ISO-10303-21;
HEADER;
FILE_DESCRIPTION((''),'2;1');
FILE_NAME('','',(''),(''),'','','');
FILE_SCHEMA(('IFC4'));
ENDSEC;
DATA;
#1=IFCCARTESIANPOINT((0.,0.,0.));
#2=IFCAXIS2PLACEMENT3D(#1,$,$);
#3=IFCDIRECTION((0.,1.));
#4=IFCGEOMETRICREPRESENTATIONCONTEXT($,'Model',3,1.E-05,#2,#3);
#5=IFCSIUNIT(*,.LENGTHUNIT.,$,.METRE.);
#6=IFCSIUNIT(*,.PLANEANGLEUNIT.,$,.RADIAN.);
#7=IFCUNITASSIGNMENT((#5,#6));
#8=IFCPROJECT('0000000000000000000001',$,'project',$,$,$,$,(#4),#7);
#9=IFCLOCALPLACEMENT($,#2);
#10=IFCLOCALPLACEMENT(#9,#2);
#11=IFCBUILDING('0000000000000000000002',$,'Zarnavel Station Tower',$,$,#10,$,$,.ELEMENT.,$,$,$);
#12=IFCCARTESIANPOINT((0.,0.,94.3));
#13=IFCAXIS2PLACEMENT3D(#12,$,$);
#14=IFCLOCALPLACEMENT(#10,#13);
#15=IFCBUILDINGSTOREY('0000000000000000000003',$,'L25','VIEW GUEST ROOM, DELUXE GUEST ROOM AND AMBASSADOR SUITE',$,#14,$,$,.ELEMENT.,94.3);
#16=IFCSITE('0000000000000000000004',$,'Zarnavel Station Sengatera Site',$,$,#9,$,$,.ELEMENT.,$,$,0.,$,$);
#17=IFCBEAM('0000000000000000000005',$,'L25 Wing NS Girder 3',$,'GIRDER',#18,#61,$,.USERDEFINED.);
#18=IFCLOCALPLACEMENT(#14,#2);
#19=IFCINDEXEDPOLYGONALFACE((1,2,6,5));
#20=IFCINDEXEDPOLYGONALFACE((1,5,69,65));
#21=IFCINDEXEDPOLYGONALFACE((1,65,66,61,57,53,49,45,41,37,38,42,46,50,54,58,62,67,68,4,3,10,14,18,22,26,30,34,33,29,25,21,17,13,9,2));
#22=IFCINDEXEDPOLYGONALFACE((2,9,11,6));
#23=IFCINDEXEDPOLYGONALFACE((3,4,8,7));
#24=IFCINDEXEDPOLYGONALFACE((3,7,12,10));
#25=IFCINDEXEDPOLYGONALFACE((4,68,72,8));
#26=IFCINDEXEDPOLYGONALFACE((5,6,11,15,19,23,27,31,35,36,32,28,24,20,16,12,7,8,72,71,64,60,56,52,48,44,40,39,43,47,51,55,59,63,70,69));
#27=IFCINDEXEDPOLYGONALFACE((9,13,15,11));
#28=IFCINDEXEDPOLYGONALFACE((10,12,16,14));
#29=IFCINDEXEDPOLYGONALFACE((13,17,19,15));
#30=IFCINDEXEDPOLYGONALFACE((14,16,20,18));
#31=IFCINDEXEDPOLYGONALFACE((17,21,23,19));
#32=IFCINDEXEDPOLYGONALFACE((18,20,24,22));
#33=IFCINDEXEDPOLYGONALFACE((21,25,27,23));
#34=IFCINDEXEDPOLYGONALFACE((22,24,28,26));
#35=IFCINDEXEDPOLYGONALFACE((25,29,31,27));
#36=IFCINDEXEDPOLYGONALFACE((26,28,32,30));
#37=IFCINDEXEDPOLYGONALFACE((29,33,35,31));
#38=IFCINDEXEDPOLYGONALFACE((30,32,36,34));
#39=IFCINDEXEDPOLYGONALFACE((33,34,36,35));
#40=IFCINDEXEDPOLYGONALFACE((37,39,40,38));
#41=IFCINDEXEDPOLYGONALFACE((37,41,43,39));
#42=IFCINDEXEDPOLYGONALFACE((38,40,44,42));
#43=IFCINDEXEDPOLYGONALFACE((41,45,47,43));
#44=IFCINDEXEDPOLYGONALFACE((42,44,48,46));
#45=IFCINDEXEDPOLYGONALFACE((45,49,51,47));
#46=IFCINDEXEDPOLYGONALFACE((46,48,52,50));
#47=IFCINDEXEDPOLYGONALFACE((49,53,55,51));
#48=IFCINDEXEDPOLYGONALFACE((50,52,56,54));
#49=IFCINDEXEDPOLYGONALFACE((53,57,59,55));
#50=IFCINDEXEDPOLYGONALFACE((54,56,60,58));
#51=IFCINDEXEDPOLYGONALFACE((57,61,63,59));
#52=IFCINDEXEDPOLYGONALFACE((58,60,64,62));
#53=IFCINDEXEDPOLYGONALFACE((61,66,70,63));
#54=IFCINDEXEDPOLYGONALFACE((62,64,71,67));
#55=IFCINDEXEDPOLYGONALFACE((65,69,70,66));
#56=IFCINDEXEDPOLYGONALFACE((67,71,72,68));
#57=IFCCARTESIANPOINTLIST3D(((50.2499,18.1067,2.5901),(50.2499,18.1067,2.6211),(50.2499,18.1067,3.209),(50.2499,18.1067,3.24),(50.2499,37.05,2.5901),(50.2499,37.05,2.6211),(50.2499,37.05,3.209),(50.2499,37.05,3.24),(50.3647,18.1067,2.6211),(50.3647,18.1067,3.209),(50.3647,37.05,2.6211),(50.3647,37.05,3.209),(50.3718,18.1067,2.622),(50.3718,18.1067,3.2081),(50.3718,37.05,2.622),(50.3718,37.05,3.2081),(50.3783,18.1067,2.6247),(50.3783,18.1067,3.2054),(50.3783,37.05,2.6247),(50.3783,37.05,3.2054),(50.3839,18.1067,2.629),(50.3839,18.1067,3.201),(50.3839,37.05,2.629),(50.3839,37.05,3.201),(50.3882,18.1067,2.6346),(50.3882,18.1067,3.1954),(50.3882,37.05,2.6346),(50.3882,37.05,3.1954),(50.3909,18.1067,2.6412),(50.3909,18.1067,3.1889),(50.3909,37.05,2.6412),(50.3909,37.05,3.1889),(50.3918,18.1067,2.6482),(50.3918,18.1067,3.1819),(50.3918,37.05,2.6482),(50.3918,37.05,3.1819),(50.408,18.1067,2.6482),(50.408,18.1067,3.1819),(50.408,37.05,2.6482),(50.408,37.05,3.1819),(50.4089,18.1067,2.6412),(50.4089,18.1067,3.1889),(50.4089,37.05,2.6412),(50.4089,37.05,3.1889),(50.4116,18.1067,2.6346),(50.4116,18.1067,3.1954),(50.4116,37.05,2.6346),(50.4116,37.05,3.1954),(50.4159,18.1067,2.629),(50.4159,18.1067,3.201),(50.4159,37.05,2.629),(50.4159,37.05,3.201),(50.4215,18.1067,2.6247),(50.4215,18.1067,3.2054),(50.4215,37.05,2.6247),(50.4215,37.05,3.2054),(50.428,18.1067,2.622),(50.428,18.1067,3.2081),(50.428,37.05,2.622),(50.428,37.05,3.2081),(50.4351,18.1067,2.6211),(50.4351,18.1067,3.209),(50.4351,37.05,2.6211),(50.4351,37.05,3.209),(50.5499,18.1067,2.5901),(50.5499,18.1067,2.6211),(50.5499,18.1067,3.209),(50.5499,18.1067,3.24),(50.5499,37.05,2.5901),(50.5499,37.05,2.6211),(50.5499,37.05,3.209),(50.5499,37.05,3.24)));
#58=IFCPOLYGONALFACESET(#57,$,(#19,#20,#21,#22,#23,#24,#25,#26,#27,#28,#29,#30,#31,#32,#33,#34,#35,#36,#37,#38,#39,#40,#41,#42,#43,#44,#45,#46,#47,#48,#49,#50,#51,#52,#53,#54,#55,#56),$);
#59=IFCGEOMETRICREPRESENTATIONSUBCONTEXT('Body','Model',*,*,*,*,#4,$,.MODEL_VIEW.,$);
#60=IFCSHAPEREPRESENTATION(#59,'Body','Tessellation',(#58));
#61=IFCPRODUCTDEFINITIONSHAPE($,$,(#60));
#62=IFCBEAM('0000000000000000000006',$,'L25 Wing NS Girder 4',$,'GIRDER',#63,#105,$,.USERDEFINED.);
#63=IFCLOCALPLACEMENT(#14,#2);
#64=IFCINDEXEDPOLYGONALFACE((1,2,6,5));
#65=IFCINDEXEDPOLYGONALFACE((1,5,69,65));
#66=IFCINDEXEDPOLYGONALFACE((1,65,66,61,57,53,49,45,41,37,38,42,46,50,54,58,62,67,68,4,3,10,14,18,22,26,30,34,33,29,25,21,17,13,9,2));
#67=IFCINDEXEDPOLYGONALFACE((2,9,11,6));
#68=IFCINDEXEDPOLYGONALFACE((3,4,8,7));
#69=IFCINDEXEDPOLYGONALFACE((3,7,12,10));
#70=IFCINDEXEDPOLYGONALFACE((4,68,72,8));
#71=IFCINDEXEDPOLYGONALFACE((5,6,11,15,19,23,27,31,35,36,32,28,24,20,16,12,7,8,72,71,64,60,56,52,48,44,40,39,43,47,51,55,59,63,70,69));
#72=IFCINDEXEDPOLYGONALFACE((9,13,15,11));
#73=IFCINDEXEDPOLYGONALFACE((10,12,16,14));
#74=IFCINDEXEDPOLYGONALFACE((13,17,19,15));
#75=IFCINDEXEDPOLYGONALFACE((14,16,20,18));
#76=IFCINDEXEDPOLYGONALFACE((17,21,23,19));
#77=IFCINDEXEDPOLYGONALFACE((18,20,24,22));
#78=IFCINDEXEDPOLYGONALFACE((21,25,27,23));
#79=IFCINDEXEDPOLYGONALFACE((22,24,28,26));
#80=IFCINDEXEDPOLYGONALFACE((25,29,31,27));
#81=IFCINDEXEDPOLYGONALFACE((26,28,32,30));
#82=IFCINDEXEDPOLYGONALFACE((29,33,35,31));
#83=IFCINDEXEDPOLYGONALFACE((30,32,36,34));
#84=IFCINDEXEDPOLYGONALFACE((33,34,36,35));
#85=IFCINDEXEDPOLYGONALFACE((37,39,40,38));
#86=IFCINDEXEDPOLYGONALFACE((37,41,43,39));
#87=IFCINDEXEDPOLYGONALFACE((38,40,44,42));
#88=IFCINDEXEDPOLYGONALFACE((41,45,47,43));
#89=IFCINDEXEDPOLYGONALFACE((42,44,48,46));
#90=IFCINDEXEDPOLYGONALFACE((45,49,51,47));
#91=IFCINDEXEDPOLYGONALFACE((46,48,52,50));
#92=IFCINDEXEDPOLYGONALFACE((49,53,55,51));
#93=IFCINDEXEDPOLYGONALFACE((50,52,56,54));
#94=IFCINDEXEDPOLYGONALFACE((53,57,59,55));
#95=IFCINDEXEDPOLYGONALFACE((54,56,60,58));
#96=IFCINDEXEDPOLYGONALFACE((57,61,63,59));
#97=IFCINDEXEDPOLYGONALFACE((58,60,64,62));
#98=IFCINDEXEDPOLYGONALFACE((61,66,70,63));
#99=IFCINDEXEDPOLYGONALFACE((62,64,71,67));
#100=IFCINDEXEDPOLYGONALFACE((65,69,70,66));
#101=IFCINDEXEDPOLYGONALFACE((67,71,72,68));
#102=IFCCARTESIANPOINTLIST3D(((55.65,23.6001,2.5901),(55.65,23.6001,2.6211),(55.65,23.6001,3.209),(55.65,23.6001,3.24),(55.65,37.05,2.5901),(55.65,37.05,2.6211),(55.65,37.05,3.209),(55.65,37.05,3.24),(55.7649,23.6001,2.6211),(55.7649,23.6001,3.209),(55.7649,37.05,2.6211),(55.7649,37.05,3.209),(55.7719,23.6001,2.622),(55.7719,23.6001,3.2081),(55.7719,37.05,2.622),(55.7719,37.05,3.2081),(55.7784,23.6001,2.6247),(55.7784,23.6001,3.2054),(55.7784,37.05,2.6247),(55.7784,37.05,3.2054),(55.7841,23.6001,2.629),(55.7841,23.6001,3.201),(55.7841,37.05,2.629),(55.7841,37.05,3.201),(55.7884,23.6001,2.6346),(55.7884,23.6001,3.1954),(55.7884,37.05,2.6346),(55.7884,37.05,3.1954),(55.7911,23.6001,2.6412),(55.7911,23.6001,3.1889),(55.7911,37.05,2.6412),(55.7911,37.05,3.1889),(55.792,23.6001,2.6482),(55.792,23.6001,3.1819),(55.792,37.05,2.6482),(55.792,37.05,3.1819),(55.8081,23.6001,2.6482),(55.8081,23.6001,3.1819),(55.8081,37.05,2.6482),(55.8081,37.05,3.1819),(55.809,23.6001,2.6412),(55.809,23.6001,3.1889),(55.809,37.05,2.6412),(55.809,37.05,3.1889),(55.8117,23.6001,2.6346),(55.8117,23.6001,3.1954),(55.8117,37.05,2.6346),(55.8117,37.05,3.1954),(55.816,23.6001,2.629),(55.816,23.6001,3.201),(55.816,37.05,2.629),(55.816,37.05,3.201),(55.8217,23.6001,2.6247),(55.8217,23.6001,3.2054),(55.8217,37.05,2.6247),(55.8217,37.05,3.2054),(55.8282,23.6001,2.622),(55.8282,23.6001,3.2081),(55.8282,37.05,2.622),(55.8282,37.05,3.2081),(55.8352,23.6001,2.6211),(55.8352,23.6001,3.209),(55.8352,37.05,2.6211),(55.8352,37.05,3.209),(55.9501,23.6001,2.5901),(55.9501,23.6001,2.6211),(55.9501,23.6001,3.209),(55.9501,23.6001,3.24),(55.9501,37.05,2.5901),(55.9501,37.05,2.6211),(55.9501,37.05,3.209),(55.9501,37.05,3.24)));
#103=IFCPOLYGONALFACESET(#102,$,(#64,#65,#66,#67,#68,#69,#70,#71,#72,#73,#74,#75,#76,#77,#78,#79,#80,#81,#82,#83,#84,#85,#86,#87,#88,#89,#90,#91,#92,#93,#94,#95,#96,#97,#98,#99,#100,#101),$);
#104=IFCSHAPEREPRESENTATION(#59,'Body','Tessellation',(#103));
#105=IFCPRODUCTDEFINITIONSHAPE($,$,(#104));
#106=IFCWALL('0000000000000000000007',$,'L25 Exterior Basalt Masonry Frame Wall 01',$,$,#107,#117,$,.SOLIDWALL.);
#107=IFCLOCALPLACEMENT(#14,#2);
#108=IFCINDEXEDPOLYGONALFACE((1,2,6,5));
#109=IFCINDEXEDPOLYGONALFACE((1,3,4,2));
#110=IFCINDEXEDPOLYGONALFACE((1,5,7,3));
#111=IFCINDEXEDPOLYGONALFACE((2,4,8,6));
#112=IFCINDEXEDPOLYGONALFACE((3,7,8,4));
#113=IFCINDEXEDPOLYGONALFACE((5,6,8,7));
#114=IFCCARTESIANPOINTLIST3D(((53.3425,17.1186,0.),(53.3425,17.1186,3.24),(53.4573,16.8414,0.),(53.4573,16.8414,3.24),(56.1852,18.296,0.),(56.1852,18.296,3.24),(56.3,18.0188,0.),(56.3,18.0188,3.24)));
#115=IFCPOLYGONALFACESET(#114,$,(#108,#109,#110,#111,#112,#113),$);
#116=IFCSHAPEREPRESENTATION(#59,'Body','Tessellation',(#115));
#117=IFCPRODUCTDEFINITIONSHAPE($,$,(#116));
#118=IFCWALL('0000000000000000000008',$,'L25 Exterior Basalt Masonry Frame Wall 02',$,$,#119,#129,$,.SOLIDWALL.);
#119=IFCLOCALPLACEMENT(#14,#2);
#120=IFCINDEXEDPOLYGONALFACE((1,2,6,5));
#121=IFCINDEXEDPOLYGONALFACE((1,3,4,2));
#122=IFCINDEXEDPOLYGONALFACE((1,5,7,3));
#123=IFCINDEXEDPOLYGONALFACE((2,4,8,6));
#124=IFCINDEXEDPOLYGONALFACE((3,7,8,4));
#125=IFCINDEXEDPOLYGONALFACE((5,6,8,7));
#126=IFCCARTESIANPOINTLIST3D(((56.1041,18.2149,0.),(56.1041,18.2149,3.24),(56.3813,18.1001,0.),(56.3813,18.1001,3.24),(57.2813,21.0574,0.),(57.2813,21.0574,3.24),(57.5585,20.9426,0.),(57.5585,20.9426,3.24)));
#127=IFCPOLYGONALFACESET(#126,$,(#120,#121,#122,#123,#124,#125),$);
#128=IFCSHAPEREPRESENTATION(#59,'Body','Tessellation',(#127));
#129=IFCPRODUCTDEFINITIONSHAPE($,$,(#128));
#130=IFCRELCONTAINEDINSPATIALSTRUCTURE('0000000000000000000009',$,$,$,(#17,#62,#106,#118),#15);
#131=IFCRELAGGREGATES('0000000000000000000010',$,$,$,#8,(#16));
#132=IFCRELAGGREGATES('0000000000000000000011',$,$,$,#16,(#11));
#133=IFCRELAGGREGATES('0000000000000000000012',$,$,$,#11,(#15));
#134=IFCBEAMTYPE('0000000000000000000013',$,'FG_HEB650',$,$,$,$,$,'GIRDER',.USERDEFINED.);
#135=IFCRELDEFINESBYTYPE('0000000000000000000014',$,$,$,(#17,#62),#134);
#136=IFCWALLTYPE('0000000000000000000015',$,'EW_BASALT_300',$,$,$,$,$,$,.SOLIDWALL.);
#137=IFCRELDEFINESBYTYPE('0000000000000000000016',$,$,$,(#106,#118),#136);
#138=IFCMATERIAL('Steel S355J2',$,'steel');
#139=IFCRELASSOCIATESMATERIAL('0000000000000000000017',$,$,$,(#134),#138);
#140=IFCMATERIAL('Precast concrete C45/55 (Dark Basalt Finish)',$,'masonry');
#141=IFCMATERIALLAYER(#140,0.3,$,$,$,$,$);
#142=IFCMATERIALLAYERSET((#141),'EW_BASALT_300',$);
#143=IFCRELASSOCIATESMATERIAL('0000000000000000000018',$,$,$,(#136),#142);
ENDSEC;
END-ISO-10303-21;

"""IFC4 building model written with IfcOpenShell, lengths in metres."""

from ifc_helpers import new_model, si_unit, direction, frame, frame_2d, origin, origin_2d, place, context, subcontext, project, spatial, rectangle, i_section, extrude, material, layer, layer_set, material_profile, profile_set, type_object, element, save


model = new_model("IFC4")

# Units and contexts
model_context = context("Model", 3, precision=1e-05, world=origin(), true_north=direction((0.0, 1.0)))
body_context = subcontext(model_context, "Body", "Model", "MODEL_VIEW")
ifc_project = project(units=[si_unit("LENGTHUNIT", "METRE"), si_unit("PLANEANGLEUNIT", "RADIAN")], contexts=[model_context])

# Site, building, storey
site_placement = place(None, origin())
site = spatial("IfcSite", under=ifc_project, at=site_placement, Name="Zarnavel Station Sengatera Site", CompositionType="ELEMENT", RefElevation=0.0)
building_placement = place(site_placement, origin())
building = spatial("IfcBuilding", under=site, at=building_placement, Name="Zarnavel Station Tower", CompositionType="ELEMENT")
storey_placement = place(building_placement, frame((0.0, 0.0, 94.3)))
storey = spatial("IfcBuildingStorey", under=building, at=storey_placement, Name="L25", Description="VIEW GUEST ROOM, DELUXE GUEST ROOM AND AMBASSADOR SUITE", CompositionType="ELEMENT", Elevation=94.3)

# Beams
ifc_material_1 = material(Name="Steel S355J2", Category="steel")
ifc_material_profile_1 = material_profile(ifc_material_1, i_section(OverallWidth=0.3, OverallDepth=0.6499, WebThickness=0.0161, FlangeThickness=0.031, FilletRadius=0.0271, at=origin_2d()), Name="HEB650")
ifc_profile_set_1 = profile_set([ifc_material_profile_1], Name="Steel S355J2")
beam_type_1 = type_object("IfcBeamType", Name="FG_HEB650", ElementType="GIRDER", PredefinedType="USERDEFINED", material=ifc_profile_set_1)
beam_1_placement = place(storey_placement, frame((50.3999, 18.1067, 2.915), z_axis=(0.0, 1.0, 0.0), x_axis=(-1.0, 0.0, 0.0)))
element("IfcBeam", 1, at=beam_1_placement, inside=storey, type_object=beam_type_1, Name="L25 Wing NS Girder 3", ObjectType="GIRDER", PredefinedType="USERDEFINED", context=body_context, shape_type="SweptSolid", body=[
    extrude(i_section(OverallWidth=0.3, OverallDepth=0.6499, WebThickness=0.0161, FlangeThickness=0.031, FilletRadius=0.0271, at=origin_2d()), origin(), (0.0, 0.0, 1.0), 18.9434),
])
beam_2_placement = place(storey_placement, frame((55.8, 23.6001, 2.915), z_axis=(0.0, 1.0, 0.0), x_axis=(-1.0, 0.0, 0.0)))
element("IfcBeam", 2, at=beam_2_placement, inside=storey, type_object=beam_type_1, Name="L25 Wing NS Girder 4", ObjectType="GIRDER", PredefinedType="USERDEFINED", context=body_context, shape_type="SweptSolid", body=[
    extrude(i_section(OverallWidth=0.3, OverallDepth=0.6499, WebThickness=0.0161, FlangeThickness=0.031, FilletRadius=0.0271, at=origin_2d()), origin(), (0.0, 0.0, 1.0), 13.45),
])

# Walls
ifc_material_2 = material(Name="Precast concrete C45/55 (Dark Basalt Finish)", Category="masonry")
ifc_layer_1 = layer(ifc_material_2, 0.3)
ifc_layer_set_1 = layer_set([ifc_layer_1], Name="EW_BASALT_300")
wall_type_1 = type_object("IfcWallType", Name="EW_BASALT_300", PredefinedType="SOLIDWALL", material=ifc_layer_set_1)
wall_1_placement = place(storey_placement, frame((56.2427, 18.1575, 0.0), z_axis=(0.0, 0.0, 1.0), x_axis=(-0.923882, -0.382676, 0.0)))
element("IfcWall", 3, at=wall_1_placement, inside=storey, type_object=wall_type_1, Name="L25 Exterior Basalt Masonry Frame Wall 01", PredefinedType="SOLIDWALL", context=body_context, shape_type="SweptSolid", body=[
    extrude(rectangle(XDim=3.0769, YDim=0.3, at=frame_2d((1.5386, 0.0))), origin(), (0.0, 0.0, 1.0), 3.24),
])
wall_2_placement = place(storey_placement, frame((57.4199, 21.0, 0.0), z_axis=(0.0, 0.0, 1.0), x_axis=(-0.382637, -0.923899, 0.0)))
element("IfcWall", 4, at=wall_2_placement, inside=storey, type_object=wall_type_1, Name="L25 Exterior Basalt Masonry Frame Wall 02", PredefinedType="SOLIDWALL", context=body_context, shape_type="SweptSolid", body=[
    extrude(rectangle(XDim=3.0767, YDim=0.3, at=frame_2d((1.5383, 0.0))), origin(), (0.0, 0.0, 1.0), 3.24),
])

save(model, "model.ifc")
